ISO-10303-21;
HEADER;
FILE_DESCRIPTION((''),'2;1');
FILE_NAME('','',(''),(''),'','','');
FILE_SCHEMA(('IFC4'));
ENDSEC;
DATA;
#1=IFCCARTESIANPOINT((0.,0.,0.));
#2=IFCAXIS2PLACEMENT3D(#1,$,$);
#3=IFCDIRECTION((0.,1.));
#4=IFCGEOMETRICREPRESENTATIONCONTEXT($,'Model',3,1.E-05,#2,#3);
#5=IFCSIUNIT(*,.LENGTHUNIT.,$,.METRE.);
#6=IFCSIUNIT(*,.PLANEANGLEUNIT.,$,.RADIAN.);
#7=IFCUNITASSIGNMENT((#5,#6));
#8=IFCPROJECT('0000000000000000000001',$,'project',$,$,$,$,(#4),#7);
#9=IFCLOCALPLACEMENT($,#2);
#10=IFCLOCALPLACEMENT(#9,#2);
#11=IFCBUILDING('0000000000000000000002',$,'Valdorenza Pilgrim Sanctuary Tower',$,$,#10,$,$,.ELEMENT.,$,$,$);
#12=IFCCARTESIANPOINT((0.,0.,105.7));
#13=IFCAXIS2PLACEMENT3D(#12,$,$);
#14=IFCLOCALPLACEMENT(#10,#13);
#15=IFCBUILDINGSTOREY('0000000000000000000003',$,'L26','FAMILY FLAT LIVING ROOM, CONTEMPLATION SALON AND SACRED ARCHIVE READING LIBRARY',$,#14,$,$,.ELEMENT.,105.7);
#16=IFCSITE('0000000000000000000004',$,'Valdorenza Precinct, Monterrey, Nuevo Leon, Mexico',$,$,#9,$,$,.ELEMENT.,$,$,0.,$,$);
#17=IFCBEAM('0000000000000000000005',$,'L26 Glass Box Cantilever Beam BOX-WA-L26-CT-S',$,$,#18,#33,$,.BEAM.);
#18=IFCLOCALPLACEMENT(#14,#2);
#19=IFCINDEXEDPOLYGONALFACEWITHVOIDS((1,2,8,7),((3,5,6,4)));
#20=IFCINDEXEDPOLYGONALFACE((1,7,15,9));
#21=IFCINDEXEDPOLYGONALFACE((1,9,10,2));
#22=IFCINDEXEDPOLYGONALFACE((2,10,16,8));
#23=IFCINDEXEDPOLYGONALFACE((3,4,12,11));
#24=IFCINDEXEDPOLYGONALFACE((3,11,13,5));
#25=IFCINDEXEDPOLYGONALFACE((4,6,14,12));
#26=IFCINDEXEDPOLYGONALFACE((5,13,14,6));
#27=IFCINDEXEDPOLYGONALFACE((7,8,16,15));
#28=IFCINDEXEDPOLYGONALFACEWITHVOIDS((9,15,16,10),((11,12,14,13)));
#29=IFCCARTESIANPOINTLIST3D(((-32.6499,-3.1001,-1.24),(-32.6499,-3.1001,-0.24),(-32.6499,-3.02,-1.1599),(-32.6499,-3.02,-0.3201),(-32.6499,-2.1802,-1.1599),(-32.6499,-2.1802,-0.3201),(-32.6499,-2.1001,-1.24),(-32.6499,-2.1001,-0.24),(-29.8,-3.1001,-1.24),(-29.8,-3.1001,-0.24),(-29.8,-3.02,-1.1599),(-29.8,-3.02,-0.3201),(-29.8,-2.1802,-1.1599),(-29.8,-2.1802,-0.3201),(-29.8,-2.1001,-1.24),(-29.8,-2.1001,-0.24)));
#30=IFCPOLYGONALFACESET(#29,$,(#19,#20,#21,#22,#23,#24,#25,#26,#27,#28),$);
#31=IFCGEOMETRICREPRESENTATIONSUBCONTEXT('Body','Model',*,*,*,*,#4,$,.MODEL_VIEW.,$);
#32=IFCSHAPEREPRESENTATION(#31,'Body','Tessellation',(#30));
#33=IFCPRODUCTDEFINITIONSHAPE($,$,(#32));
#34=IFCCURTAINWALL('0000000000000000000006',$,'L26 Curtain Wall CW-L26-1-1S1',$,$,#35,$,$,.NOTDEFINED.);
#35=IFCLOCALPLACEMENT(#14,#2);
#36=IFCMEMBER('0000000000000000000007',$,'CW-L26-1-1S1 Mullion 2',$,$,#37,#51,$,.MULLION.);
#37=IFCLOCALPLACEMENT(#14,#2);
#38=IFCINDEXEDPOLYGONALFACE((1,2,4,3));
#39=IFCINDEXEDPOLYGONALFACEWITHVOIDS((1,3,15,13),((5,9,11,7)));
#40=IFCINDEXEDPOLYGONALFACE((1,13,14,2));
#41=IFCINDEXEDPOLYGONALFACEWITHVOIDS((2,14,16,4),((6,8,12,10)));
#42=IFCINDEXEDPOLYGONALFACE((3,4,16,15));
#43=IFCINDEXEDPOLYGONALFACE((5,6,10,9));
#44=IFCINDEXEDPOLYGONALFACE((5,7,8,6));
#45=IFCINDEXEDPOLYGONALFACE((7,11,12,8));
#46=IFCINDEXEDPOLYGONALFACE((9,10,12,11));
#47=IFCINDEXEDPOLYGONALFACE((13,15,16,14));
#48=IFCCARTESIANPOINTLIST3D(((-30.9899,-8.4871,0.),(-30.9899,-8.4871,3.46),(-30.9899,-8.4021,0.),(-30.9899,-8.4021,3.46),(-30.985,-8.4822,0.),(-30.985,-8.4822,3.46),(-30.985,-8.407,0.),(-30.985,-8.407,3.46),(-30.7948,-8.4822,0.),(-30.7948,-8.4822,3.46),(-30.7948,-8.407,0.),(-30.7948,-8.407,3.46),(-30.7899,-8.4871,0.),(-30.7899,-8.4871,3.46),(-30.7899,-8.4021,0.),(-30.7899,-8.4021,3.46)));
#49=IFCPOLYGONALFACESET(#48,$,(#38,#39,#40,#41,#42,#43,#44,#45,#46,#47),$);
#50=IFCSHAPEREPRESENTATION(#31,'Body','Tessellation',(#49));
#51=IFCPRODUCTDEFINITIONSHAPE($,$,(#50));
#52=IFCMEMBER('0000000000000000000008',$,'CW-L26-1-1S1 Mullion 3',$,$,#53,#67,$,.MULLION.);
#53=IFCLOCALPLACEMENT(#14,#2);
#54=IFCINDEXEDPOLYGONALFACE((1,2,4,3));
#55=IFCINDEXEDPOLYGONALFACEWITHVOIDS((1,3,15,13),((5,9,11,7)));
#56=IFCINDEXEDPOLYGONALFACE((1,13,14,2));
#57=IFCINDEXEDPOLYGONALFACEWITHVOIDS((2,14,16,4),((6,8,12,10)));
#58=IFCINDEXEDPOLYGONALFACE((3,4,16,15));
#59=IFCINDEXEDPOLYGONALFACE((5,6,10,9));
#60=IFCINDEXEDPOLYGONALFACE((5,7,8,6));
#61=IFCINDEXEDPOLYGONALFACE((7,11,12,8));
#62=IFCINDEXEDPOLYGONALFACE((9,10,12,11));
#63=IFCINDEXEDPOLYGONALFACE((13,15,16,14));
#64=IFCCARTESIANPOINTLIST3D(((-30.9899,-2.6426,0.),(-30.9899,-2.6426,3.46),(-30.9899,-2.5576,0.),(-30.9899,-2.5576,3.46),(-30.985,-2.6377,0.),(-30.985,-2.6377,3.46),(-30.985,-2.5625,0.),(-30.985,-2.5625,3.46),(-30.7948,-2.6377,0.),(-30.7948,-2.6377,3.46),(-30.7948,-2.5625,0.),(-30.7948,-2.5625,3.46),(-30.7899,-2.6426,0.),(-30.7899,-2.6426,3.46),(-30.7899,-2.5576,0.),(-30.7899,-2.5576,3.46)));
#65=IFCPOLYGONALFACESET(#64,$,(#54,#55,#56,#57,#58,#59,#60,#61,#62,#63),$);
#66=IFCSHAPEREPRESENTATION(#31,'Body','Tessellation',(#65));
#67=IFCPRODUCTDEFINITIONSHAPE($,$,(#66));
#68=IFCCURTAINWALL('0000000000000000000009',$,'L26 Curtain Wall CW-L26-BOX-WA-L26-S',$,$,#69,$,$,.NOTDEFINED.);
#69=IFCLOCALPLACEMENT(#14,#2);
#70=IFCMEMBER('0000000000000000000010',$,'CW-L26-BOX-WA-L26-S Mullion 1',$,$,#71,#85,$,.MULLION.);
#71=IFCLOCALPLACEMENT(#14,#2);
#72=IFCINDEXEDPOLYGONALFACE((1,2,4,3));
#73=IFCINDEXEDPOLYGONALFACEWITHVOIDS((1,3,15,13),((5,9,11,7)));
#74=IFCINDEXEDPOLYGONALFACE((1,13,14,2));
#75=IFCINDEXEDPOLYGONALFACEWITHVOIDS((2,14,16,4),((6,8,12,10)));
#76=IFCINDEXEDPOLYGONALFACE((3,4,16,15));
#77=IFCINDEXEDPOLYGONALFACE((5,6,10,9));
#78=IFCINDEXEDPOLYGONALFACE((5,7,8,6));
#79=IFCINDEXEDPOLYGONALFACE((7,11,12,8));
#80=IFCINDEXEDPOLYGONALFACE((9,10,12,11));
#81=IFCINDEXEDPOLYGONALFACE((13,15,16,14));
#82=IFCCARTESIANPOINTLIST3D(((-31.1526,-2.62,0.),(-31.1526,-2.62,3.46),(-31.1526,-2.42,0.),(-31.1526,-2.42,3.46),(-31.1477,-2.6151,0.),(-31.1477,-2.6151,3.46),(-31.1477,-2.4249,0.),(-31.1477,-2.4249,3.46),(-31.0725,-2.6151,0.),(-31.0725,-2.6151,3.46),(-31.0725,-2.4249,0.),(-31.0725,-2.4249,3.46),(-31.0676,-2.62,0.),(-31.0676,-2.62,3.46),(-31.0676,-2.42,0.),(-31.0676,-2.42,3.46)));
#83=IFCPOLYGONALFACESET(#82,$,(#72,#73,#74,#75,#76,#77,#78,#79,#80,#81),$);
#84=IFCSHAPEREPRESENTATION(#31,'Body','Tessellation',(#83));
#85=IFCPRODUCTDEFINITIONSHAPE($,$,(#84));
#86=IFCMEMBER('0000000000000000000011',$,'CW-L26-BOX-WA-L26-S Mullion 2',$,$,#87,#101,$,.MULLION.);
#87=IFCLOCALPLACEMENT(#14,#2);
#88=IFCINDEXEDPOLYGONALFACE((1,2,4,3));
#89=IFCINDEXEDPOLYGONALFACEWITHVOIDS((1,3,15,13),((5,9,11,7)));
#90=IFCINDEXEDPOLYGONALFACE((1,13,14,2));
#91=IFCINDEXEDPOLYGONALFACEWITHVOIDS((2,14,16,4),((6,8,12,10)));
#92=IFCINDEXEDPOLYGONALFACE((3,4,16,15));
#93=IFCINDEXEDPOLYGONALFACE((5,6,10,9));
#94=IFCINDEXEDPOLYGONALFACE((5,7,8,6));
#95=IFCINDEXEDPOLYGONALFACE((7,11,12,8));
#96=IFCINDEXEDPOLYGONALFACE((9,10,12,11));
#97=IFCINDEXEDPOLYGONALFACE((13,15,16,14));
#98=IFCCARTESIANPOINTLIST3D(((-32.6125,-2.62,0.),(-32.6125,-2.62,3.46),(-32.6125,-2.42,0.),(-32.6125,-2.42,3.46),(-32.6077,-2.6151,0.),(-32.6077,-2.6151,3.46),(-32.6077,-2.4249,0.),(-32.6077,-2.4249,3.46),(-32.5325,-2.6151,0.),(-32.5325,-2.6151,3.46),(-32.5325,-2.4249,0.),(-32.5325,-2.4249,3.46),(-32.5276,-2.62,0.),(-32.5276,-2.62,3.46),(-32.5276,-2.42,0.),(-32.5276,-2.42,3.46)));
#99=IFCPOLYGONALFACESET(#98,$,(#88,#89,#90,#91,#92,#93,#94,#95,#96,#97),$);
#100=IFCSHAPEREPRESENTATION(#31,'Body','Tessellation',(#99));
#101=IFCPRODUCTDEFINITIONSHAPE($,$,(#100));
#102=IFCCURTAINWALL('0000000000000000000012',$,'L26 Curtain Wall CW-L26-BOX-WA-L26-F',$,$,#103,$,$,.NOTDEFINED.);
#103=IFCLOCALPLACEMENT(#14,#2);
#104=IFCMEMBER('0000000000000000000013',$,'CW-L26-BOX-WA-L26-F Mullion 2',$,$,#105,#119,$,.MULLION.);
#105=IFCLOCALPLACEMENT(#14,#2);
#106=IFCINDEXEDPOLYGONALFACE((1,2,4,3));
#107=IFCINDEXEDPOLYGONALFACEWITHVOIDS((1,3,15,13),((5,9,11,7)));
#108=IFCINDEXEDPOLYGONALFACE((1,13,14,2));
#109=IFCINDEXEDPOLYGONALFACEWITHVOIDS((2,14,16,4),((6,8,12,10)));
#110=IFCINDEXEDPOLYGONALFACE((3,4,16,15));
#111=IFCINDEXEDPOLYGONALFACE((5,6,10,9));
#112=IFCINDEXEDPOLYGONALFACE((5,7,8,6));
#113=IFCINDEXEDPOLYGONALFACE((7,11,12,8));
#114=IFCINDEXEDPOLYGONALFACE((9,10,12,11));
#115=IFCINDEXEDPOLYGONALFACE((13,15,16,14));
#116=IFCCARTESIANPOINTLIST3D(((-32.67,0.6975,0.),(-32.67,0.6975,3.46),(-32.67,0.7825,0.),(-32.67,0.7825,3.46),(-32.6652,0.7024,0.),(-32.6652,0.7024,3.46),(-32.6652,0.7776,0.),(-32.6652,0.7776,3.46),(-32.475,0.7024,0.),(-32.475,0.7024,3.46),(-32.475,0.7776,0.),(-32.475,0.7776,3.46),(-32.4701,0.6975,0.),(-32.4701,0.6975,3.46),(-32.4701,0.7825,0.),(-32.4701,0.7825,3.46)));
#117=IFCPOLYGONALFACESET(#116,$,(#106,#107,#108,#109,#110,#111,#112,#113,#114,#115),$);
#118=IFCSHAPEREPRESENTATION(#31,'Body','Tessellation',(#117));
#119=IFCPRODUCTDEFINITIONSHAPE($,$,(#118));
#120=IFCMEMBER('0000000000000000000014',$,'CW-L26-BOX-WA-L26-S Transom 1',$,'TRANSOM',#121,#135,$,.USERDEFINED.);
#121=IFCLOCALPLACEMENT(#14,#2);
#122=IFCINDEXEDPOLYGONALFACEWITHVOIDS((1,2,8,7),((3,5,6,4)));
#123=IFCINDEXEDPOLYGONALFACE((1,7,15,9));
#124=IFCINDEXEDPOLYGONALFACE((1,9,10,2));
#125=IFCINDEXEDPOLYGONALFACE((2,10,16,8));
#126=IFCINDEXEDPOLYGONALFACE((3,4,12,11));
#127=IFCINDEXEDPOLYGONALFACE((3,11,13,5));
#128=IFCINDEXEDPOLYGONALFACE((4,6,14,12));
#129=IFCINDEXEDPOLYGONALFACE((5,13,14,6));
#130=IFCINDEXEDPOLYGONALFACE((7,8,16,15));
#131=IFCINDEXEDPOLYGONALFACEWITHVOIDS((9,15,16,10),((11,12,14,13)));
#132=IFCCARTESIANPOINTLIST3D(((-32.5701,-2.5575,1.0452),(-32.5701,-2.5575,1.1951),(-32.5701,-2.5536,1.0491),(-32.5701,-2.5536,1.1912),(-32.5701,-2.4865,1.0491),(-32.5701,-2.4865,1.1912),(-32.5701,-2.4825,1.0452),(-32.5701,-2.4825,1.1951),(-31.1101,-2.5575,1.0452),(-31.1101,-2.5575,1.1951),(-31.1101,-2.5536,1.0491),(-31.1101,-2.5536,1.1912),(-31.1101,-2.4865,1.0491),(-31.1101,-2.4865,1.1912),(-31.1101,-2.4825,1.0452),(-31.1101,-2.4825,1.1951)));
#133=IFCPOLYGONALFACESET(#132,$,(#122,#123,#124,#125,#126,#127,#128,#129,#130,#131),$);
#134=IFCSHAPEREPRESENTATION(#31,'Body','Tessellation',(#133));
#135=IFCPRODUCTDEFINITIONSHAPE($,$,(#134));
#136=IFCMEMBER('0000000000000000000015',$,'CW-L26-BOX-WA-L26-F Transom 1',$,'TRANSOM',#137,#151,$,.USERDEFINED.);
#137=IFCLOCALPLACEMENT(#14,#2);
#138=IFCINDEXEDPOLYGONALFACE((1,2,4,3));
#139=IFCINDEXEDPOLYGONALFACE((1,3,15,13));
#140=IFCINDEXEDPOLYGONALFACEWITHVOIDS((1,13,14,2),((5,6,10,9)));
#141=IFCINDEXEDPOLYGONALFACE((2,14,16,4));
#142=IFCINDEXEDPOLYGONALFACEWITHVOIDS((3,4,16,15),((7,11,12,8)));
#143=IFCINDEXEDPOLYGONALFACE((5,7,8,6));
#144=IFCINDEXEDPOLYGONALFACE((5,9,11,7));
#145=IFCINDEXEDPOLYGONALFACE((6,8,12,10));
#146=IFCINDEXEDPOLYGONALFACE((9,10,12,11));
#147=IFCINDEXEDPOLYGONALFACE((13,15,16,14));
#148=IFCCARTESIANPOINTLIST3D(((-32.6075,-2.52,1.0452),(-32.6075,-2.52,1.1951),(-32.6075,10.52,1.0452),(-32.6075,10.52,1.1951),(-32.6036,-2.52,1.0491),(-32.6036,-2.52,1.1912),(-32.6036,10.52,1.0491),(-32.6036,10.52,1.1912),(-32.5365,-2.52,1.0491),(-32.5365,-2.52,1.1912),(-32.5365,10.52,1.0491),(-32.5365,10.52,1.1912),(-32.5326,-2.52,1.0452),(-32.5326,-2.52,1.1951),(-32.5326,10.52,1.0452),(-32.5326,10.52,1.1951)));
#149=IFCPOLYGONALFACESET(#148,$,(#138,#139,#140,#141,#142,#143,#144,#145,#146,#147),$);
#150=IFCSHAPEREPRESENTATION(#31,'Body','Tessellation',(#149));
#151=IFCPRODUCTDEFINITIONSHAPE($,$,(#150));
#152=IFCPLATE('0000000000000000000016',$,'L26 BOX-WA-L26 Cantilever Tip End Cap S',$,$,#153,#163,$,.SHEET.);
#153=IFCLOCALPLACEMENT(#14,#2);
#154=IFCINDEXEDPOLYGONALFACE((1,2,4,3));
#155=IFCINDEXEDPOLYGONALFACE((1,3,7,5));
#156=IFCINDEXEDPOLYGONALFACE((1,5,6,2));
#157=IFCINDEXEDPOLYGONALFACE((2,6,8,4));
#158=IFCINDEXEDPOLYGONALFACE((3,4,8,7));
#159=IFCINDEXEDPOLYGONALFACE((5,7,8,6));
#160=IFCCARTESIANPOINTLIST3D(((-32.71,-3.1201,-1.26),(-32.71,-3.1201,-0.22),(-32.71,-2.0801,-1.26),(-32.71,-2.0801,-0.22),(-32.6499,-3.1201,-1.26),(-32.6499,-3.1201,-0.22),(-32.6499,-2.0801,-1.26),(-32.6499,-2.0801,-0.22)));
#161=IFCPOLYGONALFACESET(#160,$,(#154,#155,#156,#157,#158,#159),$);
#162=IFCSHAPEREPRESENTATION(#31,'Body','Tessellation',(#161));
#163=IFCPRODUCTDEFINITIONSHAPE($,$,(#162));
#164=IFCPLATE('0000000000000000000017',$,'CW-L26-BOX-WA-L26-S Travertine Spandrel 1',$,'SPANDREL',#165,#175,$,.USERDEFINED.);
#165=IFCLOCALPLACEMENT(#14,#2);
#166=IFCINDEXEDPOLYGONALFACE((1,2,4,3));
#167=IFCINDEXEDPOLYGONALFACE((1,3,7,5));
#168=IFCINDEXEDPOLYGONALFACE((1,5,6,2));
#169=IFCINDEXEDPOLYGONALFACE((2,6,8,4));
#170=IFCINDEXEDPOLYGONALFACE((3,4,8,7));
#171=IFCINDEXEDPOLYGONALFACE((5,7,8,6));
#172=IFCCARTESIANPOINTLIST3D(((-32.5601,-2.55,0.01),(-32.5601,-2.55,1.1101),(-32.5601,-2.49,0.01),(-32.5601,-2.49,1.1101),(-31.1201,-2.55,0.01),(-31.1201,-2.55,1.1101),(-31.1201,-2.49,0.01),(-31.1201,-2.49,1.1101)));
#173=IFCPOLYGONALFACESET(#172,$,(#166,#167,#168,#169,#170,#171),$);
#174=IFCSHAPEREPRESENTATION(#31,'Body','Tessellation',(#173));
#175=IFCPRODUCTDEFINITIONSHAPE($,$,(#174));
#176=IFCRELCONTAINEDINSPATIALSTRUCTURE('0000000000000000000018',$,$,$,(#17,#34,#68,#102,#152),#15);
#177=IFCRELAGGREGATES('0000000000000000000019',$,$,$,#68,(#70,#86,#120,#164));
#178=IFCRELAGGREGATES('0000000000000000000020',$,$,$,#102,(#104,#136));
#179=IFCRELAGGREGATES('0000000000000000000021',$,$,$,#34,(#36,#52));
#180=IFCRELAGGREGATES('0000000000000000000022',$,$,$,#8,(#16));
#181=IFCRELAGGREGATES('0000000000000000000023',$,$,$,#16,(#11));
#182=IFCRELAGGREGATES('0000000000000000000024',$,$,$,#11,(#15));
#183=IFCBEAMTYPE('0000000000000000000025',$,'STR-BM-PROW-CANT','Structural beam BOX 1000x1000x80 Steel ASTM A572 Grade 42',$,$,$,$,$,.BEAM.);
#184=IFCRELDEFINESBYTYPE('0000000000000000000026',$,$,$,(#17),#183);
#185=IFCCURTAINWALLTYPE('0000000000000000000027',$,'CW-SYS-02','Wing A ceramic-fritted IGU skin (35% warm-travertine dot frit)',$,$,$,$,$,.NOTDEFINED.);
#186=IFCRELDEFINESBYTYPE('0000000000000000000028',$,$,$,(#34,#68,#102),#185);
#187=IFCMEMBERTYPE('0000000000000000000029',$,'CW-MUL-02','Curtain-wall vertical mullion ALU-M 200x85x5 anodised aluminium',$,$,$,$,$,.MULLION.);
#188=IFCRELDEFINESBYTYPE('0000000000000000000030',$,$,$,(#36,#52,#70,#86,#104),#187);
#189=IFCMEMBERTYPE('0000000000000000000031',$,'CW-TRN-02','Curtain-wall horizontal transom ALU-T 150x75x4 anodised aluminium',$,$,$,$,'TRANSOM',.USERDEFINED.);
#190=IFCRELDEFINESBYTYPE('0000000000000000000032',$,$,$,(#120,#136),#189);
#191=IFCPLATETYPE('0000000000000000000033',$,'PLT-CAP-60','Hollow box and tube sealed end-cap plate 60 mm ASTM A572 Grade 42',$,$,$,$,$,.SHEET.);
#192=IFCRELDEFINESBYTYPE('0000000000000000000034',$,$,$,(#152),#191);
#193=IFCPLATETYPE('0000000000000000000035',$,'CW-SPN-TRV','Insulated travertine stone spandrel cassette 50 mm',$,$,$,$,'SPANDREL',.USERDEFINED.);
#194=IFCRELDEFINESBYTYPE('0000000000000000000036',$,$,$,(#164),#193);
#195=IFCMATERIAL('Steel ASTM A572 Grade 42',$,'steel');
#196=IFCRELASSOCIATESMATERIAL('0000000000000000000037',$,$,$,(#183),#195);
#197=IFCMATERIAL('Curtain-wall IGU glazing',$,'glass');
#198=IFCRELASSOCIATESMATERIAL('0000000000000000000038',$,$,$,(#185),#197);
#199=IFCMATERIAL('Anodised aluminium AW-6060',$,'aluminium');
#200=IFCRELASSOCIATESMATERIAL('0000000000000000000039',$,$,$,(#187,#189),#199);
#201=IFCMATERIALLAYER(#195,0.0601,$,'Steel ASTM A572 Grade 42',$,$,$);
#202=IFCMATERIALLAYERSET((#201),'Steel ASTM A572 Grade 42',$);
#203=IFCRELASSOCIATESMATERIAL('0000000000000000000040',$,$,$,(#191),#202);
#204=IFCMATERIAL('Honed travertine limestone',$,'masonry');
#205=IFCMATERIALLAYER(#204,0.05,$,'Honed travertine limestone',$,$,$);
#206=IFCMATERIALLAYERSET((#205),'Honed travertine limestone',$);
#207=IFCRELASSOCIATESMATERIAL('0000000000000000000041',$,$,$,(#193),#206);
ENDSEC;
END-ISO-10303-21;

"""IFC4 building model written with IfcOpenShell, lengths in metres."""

from ifc_helpers import new_model, si_unit, direction, frame, origin, origin_2d, place, context, subcontext, project, spatial, rectangle, hollow_rectangle, extrude, source, transform, mapped, material, layer, layer_set, material_profile, profile_set, type_object, element, aggregate, save


model = new_model("IFC4")

# Units and contexts
model_context = context("Model", 3, precision=1e-05, world=origin(), true_north=direction((0.0, 1.0)))
body_context = subcontext(model_context, "Body", "Model", "MODEL_VIEW")
ifc_project = project(units=[si_unit("LENGTHUNIT", "METRE"), si_unit("PLANEANGLEUNIT", "RADIAN")], contexts=[model_context])

# Site, building, storey
site_placement = place(None, origin())
site = spatial("IfcSite", under=ifc_project, at=site_placement, Name="Valdorenza Precinct, Monterrey, Nuevo Leon, Mexico", CompositionType="ELEMENT", RefElevation=0.0)
building_placement = place(site_placement, origin())
building = spatial("IfcBuilding", under=site, at=building_placement, Name="Valdorenza Pilgrim Sanctuary Tower", CompositionType="ELEMENT")
storey_placement = place(building_placement, frame((0.0, 0.0, 105.7)))
storey = spatial("IfcBuildingStorey", under=building, at=storey_placement, Name="L26", Description="FAMILY FLAT LIVING ROOM, CONTEMPLATION SALON AND SACRED ARCHIVE READING LIBRARY", CompositionType="ELEMENT", Elevation=105.7)

# Beam
ifc_material_1 = material(Name="Steel ASTM A572 Grade 42", Category="steel")
ifc_material_profile_1 = material_profile(ifc_material_1, hollow_rectangle(XDim=1.0, YDim=1.0, WallThickness=0.0801, at=origin_2d()), Name="BOX 1000x1000x80")
ifc_profile_set_1 = profile_set([ifc_material_profile_1], Name="Steel ASTM A572 Grade 42")
beam_type_1 = type_object("IfcBeamType", Name="STR-BM-PROW-CANT", Description="Structural beam BOX 1000x1000x80 Steel ASTM A572 Grade 42", PredefinedType="BEAM", material=ifc_profile_set_1)
shared_shape_1 = source(origin(), body_context, "Body", "SweptSolid", [
    extrude(hollow_rectangle(XDim=1.0, YDim=1.0, WallThickness=0.0801, at=origin_2d()), origin(), (0.0, 0.0, 1.0), 2.8499),
])
beam_1_placement = place(storey_placement, frame((-29.8, -2.6001, -0.74), z_axis=(-1.0, 0.0, 0.0), x_axis=(0.0, -1.0, 0.0)))
element("IfcBeam", 1, at=beam_1_placement, inside=storey, type_object=beam_type_1, Name="L26 Glass Box Cantilever Beam BOX-WA-L26-CT-S", PredefinedType="BEAM", context=body_context, shape_type="MappedRepresentation", body=[
    mapped(shared_shape_1, transform((0.0, 0.0, 0.0), x_axis=(1.0, 0.0, 0.0), y_axis=(0.0, 1.0, 0.0), z_axis=(0.0, 0.0, 1.0), scale=1.0)),
])

# Curtain walls, members
ifc_material_2 = material(Name="Curtain-wall IGU glazing", Category="glass")
curtain_wall_type = type_object("IfcCurtainWallType", Name="CW-SYS-02", Description="Wing A ceramic-fritted IGU skin (35% warm-travertine dot frit)", PredefinedType="NOTDEFINED", material=ifc_material_2)
curtain_wall_1_placement = place(storey_placement, origin())
curtain_wall_1 = element("IfcCurtainWall", 2, at=curtain_wall_1_placement, inside=storey, type_object=curtain_wall_type, Name="L26 Curtain Wall CW-L26-1-1S1", PredefinedType="NOTDEFINED")
ifc_material_3 = material(Name="Anodised aluminium AW-6060", Category="aluminium")
ifc_material_profile_2 = material_profile(ifc_material_3, hollow_rectangle(XDim=0.085, YDim=0.2, WallThickness=0.0049, at=origin_2d()), Name="ALU-M 200x85x5")
ifc_profile_set_2 = profile_set([ifc_material_profile_2], Name="Anodised aluminium AW-6060")
member_type_1 = type_object("IfcMemberType", Name="CW-MUL-02", Description="Curtain-wall vertical mullion ALU-M 200x85x5 anodised aluminium", PredefinedType="MULLION", material=ifc_profile_set_2)
shared_shape_2 = source(origin(), body_context, "Body", "SweptSolid", [
    extrude(hollow_rectangle(XDim=0.085, YDim=0.2, WallThickness=0.0049, at=origin_2d()), origin(), (0.0, 0.0, 1.0), 3.46),
])
member_1_placement = place(storey_placement, frame((-30.8899, -8.4446, 0.0), z_axis=(0.0, 0.0, 1.0), x_axis=(0.0, 1.0, 0.0)))
member_1 = element("IfcMember", 3, at=member_1_placement, type_object=member_type_1, Name="CW-L26-1-1S1 Mullion 2", PredefinedType="MULLION", context=body_context, shape_type="MappedRepresentation", body=[
    mapped(shared_shape_2, transform((0.0, 0.0, 0.0), x_axis=(1.0, 0.0, 0.0), y_axis=(0.0, 1.0, 0.0), z_axis=(0.0, 0.0, 1.0), scale=1.0)),
])
member_2_placement = place(storey_placement, frame((-30.8899, -2.6001, 0.0), z_axis=(0.0, 0.0, 1.0), x_axis=(0.0, 1.0, 0.0)))
member_2 = element("IfcMember", 4, at=member_2_placement, type_object=member_type_1, Name="CW-L26-1-1S1 Mullion 3", PredefinedType="MULLION", context=body_context, shape_type="MappedRepresentation", body=[
    mapped(shared_shape_2, transform((0.0, 0.0, 0.0), x_axis=(1.0, 0.0, 0.0), y_axis=(0.0, 1.0, 0.0), z_axis=(0.0, 0.0, 1.0), scale=1.0)),
])
curtain_wall_2_placement = place(storey_placement, origin())
curtain_wall_2 = element("IfcCurtainWall", 5, at=curtain_wall_2_placement, inside=storey, type_object=curtain_wall_type, Name="L26 Curtain Wall CW-L26-BOX-WA-L26-S", PredefinedType="NOTDEFINED")
member_3_placement = place(storey_placement, frame((-31.1101, -2.52, 0.0), z_axis=(0.0, 0.0, 1.0), x_axis=(-1.0, 0.0, 0.0)))
member_3 = element("IfcMember", 6, at=member_3_placement, type_object=member_type_1, Name="CW-L26-BOX-WA-L26-S Mullion 1", PredefinedType="MULLION", context=body_context, shape_type="MappedRepresentation", body=[
    mapped(shared_shape_2, transform((0.0, 0.0, 0.0), x_axis=(1.0, 0.0, 0.0), y_axis=(0.0, 1.0, 0.0), z_axis=(0.0, 0.0, 1.0), scale=1.0)),
])
member_4_placement = place(storey_placement, frame((-32.5701, -2.52, 0.0), z_axis=(0.0, 0.0, 1.0), x_axis=(-1.0, 0.0, 0.0)))
member_4 = element("IfcMember", 7, at=member_4_placement, type_object=member_type_1, Name="CW-L26-BOX-WA-L26-S Mullion 2", PredefinedType="MULLION", context=body_context, shape_type="MappedRepresentation", body=[
    mapped(shared_shape_2, transform((0.0, 0.0, 0.0), x_axis=(1.0, 0.0, 0.0), y_axis=(0.0, 1.0, 0.0), z_axis=(0.0, 0.0, 1.0), scale=1.0)),
])

# Curtain wall, member
curtain_wall_3_placement = place(storey_placement, origin())
curtain_wall_3 = element("IfcCurtainWall", 8, at=curtain_wall_3_placement, inside=storey, type_object=curtain_wall_type, Name="L26 Curtain Wall CW-L26-BOX-WA-L26-F", PredefinedType="NOTDEFINED")
member_5_placement = place(storey_placement, frame((-32.5701, 0.74, 0.0), z_axis=(0.0, 0.0, 1.0), x_axis=(0.0, 1.0, 0.0)))
member_5 = element("IfcMember", 9, at=member_5_placement, type_object=member_type_1, Name="CW-L26-BOX-WA-L26-F Mullion 2", PredefinedType="MULLION", context=body_context, shape_type="MappedRepresentation", body=[
    mapped(shared_shape_2, transform((0.0, 0.0, 0.0), x_axis=(1.0, 0.0, 0.0), y_axis=(0.0, 1.0, 0.0), z_axis=(0.0, 0.0, 1.0), scale=1.0)),
])

# Members
ifc_material_profile_3 = material_profile(ifc_material_3, hollow_rectangle(XDim=0.075, YDim=0.1499, WallThickness=0.0039, at=origin_2d()), Name="ALU-T 150x75x4")
ifc_profile_set_3 = profile_set([ifc_material_profile_3], Name="Anodised aluminium AW-6060")
member_type_2 = type_object("IfcMemberType", Name="CW-TRN-02", Description="Curtain-wall horizontal transom ALU-T 150x75x4 anodised aluminium", ElementType="TRANSOM", PredefinedType="USERDEFINED", material=ifc_profile_set_3)
shared_shape_3 = source(origin(), body_context, "Body", "SweptSolid", [
    extrude(hollow_rectangle(XDim=0.075, YDim=0.1499, WallThickness=0.0039, at=origin_2d()), origin(), (0.0, 0.0, 1.0), 1.46),
])
member_6_placement = place(storey_placement, frame((-31.1101, -2.52, 1.1201), z_axis=(-1.0, 0.0, 0.0), x_axis=(0.0, -1.0, 0.0)))
member_6 = element("IfcMember", 10, at=member_6_placement, type_object=member_type_2, Name="CW-L26-BOX-WA-L26-S Transom 1", ObjectType="TRANSOM", PredefinedType="USERDEFINED", context=body_context, shape_type="MappedRepresentation", body=[
    mapped(shared_shape_3, transform((0.0, 0.0, 0.0), x_axis=(1.0, 0.0, 0.0), y_axis=(0.0, 1.0, 0.0), z_axis=(0.0, 0.0, 1.0), scale=1.0)),
])
shared_shape_4 = source(origin(), body_context, "Body", "SweptSolid", [
    extrude(hollow_rectangle(XDim=0.075, YDim=0.1499, WallThickness=0.0039, at=origin_2d()), origin(), (0.0, 0.0, 1.0), 13.04),
])
member_7_placement = place(storey_placement, frame((-32.5701, -2.52, 1.1201), z_axis=(0.0, 1.0, 0.0), x_axis=(-1.0, 0.0, 0.0)))
member_7 = element("IfcMember", 11, at=member_7_placement, type_object=member_type_2, Name="CW-L26-BOX-WA-L26-F Transom 1", ObjectType="TRANSOM", PredefinedType="USERDEFINED", context=body_context, shape_type="MappedRepresentation", body=[
    mapped(shared_shape_4, transform((0.0, 0.0, 0.0), x_axis=(1.0, 0.0, 0.0), y_axis=(0.0, 1.0, 0.0), z_axis=(0.0, 0.0, 1.0), scale=1.0)),
])

# Plates
ifc_layer_1 = layer(ifc_material_1, 0.0601, Name="Steel ASTM A572 Grade 42")
ifc_layer_set_1 = layer_set([ifc_layer_1], Name="Steel ASTM A572 Grade 42")
plate_type_1 = type_object("IfcPlateType", Name="PLT-CAP-60", Description="Hollow box and tube sealed end-cap plate 60 mm ASTM A572 Grade 42", PredefinedType="SHEET", material=ifc_layer_set_1)
shared_shape_5 = source(origin(), body_context, "Body", "SweptSolid", [
    extrude(rectangle(XDim=0.0601, YDim=1.04, at=origin_2d()), origin(), (0.0, 0.0, 1.0), 1.04),
])
plate_1_placement = place(storey_placement, frame((-32.6799, -2.6001, -1.26), z_axis=(0.0, 0.0, 1.0), x_axis=(1.0, 0.0, 0.0)))
element("IfcPlate", 12, at=plate_1_placement, inside=storey, type_object=plate_type_1, Name="L26 BOX-WA-L26 Cantilever Tip End Cap S", PredefinedType="SHEET", context=body_context, shape_type="MappedRepresentation", body=[
    mapped(shared_shape_5, transform((0.0, 0.0, 0.0), x_axis=(1.0, 0.0, 0.0), y_axis=(0.0, 1.0, 0.0), z_axis=(0.0, 0.0, 1.0), scale=1.0)),
])
ifc_material_4 = material(Name="Honed travertine limestone", Category="masonry")
ifc_layer_2 = layer(ifc_material_4, 0.05, Name="Honed travertine limestone")
ifc_layer_set_2 = layer_set([ifc_layer_2], Name="Honed travertine limestone")
plate_type_2 = type_object("IfcPlateType", Name="CW-SPN-TRV", Description="Insulated travertine stone spandrel cassette 50 mm", ElementType="SPANDREL", PredefinedType="USERDEFINED", material=ifc_layer_set_2)
shared_shape_6 = source(origin(), body_context, "Body", "SweptSolid", [
    extrude(rectangle(XDim=1.4399, YDim=0.0601, at=origin_2d()), origin(), (0.0, 0.0, 1.0), 1.1001),
])
plate_2_placement = place(storey_placement, frame((-31.8401, -2.52, 0.01), z_axis=(0.0, 0.0, 1.0), x_axis=(-1.0, 0.0, 0.0)))
plate_2 = element("IfcPlate", 13, at=plate_2_placement, type_object=plate_type_2, Name="CW-L26-BOX-WA-L26-S Travertine Spandrel 1", ObjectType="SPANDREL", PredefinedType="USERDEFINED", context=body_context, shape_type="MappedRepresentation", body=[
    mapped(shared_shape_6, transform((0.0, 0.0, 0.0), x_axis=(1.0, 0.0, 0.0), y_axis=(0.0, 1.0, 0.0), z_axis=(0.0, 0.0, 1.0), scale=1.0)),
])
aggregate(curtain_wall_2, [member_3, member_4, member_6, plate_2])
aggregate(curtain_wall_3, [member_5, member_7])
aggregate(curtain_wall_1, [member_1, member_2])

save(model, "model.ifc")
